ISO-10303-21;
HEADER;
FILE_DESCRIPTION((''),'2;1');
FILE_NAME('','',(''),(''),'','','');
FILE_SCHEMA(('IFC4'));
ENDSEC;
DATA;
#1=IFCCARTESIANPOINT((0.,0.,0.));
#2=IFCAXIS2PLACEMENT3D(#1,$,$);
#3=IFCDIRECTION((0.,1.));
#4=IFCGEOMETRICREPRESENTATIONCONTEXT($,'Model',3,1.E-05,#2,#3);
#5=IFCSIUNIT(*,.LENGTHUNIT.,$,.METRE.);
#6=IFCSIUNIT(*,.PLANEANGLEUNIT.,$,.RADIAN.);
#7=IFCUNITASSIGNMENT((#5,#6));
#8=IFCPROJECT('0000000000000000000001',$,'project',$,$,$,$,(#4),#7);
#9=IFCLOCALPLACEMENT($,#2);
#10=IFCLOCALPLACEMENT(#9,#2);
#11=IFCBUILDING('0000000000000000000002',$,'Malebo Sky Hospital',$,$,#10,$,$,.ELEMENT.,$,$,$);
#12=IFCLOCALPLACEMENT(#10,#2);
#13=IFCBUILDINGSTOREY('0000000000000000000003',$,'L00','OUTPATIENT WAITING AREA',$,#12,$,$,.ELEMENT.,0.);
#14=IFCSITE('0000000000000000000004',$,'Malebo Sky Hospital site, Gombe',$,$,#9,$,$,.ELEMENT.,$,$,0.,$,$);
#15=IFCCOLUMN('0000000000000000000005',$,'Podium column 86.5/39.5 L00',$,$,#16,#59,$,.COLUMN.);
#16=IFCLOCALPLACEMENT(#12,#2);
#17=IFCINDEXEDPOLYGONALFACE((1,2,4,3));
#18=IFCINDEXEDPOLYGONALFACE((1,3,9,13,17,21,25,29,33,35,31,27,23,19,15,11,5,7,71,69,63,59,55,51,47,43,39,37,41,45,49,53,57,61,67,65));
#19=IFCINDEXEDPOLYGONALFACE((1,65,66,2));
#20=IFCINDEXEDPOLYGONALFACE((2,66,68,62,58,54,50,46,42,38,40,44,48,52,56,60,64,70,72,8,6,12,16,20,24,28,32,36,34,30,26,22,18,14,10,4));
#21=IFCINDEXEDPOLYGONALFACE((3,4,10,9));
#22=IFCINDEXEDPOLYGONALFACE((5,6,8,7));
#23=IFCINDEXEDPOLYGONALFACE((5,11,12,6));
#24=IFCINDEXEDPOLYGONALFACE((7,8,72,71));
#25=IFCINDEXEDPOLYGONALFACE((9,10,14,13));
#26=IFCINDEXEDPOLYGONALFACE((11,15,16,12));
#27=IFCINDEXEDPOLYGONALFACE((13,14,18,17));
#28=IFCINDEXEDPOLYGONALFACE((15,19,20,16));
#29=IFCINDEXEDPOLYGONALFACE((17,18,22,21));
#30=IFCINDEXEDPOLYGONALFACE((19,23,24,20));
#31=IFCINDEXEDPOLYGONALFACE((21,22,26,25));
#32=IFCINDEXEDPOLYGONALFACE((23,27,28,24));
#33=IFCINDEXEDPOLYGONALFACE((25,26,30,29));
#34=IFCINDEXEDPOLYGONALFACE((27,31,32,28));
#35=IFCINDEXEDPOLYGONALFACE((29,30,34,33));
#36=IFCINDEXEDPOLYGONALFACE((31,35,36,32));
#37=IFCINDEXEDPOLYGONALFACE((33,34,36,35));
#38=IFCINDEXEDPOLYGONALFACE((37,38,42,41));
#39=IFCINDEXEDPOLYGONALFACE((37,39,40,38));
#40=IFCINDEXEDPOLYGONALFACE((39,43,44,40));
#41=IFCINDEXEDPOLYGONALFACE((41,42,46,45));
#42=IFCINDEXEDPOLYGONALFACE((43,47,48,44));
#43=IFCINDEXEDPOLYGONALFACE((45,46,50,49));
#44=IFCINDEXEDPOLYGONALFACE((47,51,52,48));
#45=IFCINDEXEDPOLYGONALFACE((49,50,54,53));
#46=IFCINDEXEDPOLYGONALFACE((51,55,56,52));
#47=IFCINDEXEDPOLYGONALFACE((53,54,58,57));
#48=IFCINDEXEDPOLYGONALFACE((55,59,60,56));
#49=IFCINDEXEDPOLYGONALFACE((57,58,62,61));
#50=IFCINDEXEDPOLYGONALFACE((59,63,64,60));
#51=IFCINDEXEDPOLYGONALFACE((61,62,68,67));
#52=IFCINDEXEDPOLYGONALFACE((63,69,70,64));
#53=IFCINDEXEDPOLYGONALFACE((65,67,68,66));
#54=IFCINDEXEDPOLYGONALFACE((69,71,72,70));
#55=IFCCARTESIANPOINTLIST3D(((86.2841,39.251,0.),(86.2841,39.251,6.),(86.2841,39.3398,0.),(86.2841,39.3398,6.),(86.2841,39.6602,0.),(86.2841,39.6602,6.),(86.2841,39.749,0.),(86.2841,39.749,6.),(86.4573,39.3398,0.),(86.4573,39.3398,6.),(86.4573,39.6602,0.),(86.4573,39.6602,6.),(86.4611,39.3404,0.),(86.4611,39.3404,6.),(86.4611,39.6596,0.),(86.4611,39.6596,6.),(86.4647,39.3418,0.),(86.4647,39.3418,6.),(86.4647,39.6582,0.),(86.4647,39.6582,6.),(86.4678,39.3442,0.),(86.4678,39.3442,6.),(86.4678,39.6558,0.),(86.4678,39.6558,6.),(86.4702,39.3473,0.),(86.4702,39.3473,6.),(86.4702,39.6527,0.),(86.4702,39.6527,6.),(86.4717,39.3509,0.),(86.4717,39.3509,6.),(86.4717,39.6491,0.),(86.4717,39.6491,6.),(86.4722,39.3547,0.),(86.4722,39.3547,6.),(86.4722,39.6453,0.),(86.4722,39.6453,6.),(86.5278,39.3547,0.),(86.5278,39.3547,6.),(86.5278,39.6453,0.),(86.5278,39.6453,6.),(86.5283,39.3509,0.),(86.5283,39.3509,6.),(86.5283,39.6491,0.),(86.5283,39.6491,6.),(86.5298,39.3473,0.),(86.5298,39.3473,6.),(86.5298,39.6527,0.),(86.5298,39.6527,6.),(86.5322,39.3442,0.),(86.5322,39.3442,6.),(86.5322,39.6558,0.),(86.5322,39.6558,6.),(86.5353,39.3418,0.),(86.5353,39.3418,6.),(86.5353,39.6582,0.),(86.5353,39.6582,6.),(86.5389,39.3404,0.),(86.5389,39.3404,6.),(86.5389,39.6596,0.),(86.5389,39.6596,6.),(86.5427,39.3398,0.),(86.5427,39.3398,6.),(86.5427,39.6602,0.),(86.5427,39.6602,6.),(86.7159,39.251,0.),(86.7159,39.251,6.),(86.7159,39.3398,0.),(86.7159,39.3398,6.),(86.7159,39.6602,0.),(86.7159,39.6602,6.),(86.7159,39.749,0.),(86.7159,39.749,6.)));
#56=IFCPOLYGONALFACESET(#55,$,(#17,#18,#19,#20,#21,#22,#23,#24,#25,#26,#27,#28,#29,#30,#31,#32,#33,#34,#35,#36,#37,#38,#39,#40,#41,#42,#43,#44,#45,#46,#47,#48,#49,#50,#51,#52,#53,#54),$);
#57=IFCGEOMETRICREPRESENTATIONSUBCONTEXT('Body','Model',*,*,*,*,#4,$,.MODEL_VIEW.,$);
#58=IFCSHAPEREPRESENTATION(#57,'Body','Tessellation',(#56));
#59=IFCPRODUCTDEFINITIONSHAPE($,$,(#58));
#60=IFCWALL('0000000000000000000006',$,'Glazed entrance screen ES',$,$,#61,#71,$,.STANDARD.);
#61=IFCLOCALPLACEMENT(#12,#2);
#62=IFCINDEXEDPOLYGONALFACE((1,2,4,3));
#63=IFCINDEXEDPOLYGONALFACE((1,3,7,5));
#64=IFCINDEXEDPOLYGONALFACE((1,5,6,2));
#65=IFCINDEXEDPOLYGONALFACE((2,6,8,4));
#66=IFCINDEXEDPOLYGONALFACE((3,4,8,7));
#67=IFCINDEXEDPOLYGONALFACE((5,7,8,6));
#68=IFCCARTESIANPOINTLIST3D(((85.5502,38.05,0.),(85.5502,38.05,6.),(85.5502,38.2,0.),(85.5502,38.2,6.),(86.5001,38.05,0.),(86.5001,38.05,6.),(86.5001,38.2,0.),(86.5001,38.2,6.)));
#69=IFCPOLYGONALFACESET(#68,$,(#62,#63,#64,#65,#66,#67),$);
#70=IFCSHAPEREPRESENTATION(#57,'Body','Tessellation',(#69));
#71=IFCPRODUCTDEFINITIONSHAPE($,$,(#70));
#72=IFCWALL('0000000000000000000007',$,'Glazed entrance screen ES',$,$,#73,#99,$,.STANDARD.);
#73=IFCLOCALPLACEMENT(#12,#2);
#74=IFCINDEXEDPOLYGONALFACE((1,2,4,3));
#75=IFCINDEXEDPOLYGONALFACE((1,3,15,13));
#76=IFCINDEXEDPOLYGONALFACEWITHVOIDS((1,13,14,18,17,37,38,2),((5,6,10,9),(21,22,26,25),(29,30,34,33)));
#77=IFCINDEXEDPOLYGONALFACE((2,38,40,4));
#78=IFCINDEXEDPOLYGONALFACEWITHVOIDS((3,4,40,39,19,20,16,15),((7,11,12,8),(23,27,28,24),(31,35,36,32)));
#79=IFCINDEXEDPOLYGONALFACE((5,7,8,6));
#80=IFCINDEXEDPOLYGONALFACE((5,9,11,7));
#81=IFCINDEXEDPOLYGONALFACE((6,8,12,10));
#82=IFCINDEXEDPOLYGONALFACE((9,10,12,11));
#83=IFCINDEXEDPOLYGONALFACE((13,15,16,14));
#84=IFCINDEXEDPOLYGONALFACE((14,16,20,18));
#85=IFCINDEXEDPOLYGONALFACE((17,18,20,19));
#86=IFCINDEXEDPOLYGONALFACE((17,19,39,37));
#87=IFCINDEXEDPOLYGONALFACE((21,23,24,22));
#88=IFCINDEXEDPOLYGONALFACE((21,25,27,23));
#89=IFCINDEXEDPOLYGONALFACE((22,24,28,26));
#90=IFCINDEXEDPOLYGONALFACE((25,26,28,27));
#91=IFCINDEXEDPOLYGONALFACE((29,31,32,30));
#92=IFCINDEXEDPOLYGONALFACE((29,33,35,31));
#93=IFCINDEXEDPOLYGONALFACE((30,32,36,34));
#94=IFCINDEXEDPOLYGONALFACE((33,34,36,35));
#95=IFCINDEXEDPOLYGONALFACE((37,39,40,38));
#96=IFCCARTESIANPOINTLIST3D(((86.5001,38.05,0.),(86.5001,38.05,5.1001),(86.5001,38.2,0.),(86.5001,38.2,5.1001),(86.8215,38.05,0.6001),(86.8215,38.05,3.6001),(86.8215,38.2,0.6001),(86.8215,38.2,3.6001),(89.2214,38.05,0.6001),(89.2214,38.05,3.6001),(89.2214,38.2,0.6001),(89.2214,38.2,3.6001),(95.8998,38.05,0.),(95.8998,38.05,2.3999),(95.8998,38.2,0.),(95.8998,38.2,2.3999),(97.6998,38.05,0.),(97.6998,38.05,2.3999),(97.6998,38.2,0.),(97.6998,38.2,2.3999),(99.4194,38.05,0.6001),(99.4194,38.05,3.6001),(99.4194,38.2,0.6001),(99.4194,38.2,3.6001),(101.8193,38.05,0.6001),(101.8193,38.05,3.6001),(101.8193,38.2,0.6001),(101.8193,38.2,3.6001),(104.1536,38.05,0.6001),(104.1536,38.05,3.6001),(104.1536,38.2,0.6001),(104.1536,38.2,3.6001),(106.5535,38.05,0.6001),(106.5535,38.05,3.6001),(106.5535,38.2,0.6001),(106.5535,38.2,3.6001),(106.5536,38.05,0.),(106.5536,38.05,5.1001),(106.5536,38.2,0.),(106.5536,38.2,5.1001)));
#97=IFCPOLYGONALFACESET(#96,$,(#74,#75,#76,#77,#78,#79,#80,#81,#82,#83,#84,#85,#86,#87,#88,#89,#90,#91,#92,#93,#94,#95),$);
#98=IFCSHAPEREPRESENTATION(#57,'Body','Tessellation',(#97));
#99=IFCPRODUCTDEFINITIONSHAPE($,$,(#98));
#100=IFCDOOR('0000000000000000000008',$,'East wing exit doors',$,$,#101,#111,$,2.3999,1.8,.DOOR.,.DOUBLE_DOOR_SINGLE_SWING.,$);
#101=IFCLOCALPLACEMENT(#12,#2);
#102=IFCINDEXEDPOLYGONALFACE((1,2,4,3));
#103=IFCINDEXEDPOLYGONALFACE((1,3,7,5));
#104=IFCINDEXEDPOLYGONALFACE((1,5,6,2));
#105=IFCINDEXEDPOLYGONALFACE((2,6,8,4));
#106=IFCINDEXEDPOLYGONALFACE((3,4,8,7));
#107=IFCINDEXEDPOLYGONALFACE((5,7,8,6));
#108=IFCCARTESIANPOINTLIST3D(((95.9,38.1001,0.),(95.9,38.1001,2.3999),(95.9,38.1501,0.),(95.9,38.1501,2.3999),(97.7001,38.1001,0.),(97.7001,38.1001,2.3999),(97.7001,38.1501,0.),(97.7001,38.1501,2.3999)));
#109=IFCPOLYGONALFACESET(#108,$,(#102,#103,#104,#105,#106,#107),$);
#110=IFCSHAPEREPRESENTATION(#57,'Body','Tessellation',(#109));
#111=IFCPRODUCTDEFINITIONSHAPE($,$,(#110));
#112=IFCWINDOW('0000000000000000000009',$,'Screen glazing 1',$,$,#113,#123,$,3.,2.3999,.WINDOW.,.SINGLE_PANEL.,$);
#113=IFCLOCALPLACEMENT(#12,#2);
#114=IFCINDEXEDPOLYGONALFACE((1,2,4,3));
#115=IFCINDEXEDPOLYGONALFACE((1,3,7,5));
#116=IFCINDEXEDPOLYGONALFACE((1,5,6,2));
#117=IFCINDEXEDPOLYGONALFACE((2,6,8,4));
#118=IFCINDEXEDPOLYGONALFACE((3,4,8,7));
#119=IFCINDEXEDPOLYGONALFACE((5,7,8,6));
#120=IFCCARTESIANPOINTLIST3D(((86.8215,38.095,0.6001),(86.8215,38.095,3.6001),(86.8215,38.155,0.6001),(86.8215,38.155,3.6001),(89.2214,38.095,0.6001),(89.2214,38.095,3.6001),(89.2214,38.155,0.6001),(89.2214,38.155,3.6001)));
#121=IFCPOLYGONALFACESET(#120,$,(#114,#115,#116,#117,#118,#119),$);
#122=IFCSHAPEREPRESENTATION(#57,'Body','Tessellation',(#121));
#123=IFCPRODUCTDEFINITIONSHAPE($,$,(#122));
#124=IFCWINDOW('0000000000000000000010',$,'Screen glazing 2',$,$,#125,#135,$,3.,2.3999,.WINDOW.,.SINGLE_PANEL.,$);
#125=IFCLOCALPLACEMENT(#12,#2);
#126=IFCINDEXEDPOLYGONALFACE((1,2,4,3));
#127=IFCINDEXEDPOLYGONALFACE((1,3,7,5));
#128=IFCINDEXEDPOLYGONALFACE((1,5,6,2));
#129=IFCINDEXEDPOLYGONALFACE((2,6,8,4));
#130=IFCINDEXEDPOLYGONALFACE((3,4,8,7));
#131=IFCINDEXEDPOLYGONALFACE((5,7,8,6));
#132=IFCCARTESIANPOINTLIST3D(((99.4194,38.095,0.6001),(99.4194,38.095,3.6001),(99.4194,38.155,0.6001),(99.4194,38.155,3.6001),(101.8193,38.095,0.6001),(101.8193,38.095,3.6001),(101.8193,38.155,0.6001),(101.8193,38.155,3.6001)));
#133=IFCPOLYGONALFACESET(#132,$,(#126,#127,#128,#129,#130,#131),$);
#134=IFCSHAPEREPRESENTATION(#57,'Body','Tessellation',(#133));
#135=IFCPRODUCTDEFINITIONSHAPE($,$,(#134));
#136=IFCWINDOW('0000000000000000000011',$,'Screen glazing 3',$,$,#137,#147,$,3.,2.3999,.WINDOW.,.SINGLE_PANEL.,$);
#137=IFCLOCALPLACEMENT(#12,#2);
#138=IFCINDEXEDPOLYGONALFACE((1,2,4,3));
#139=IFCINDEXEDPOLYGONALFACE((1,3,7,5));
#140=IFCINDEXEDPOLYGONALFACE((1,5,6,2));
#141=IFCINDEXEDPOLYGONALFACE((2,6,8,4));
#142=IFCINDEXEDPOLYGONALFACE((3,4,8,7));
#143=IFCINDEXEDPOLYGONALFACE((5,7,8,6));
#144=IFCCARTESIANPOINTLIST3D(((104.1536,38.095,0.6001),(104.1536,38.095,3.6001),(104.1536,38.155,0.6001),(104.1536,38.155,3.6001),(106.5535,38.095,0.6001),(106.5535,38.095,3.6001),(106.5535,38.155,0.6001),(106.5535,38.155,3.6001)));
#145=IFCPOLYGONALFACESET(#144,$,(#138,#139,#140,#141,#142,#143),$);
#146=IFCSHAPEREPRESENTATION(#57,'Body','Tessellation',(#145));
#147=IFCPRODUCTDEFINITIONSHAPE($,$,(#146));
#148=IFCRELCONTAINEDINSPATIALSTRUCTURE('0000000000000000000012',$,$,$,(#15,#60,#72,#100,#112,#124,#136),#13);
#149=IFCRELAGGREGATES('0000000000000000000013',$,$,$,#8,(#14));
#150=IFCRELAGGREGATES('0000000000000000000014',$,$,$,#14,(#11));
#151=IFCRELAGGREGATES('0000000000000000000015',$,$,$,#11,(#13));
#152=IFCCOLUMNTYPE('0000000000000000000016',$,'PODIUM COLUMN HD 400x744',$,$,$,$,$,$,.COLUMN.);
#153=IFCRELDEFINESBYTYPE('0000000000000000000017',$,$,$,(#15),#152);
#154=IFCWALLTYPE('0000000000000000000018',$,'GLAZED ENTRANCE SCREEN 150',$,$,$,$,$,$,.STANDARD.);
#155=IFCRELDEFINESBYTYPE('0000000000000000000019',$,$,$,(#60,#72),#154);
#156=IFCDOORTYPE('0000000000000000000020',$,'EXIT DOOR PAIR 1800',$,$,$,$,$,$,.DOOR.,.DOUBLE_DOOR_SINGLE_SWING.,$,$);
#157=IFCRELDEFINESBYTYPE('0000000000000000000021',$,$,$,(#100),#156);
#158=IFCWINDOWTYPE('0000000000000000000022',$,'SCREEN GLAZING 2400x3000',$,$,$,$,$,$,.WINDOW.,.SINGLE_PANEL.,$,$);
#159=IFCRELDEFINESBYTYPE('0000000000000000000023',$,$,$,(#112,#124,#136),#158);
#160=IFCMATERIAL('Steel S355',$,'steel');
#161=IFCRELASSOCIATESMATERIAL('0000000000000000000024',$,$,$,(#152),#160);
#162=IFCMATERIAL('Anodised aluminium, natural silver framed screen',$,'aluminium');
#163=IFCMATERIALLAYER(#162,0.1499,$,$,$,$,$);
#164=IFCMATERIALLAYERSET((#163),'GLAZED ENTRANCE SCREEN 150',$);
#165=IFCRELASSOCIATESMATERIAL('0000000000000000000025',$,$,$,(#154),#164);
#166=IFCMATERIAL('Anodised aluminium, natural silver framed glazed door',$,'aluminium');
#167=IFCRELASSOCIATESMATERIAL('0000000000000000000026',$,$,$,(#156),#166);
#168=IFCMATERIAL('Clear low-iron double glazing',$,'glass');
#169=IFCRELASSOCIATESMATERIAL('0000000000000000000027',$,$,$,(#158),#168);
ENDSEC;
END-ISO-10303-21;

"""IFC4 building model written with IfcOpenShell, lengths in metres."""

from ifc_helpers import new_model, si_unit, direction, frame, frame_2d, origin, origin_2d, place, context, subcontext, project, spatial, rectangle, i_section, extrude, material, layer, layer_set, material_profile, profile_set, type_object, element, fill, save


model = new_model("IFC4")

# Units and contexts
model_context = context("Model", 3, precision=1e-05, world=origin(), true_north=direction((0.0, 1.0)))
body_context = subcontext(model_context, "Body", "Model", "MODEL_VIEW")
ifc_project = project(units=[si_unit("LENGTHUNIT", "METRE"), si_unit("PLANEANGLEUNIT", "RADIAN")], contexts=[model_context])

# Site, building, storey
site_placement = place(None, origin())
site = spatial("IfcSite", under=ifc_project, at=site_placement, Name="Malebo Sky Hospital site, Gombe", CompositionType="ELEMENT", RefElevation=0.0)
building_placement = place(site_placement, origin())
building = spatial("IfcBuilding", under=site, at=building_placement, Name="Malebo Sky Hospital", CompositionType="ELEMENT")
storey_placement = place(building_placement, origin())
storey = spatial("IfcBuildingStorey", under=building, at=storey_placement, Name="L00", Description="OUTPATIENT WAITING AREA", CompositionType="ELEMENT", Elevation=0.0)

# Column
ifc_material_1 = material(Name="Steel S355", Category="steel")
ifc_material_profile_1 = material_profile(ifc_material_1, i_section(OverallWidth=0.4319, OverallDepth=0.498, WebThickness=0.0557, FlangeThickness=0.0889, FilletRadius=0.0149, at=origin_2d()), Name="HD 400x744")
ifc_profile_set_1 = profile_set([ifc_material_profile_1], Name="Steel S355")
column_type_1 = type_object("IfcColumnType", Name="PODIUM COLUMN HD 400x744", PredefinedType="COLUMN", material=ifc_profile_set_1)
column_1_placement = place(storey_placement, frame((86.5, 39.5, 0.0), z_axis=(0.0, 0.0, 1.0), x_axis=(1.0, 0.0, 0.0)))
element("IfcColumn", 1, at=column_1_placement, inside=storey, type_object=column_type_1, Name="Podium column 86.5/39.5 L00", PredefinedType="COLUMN", context=body_context, shape_type="SweptSolid", body=[
    extrude(i_section(OverallWidth=0.4319, OverallDepth=0.498, WebThickness=0.0557, FlangeThickness=0.0889, FilletRadius=0.0149, at=origin_2d()), origin(), (0.0, 0.0, 1.0), 6.0),
])

# Wall
ifc_material_2 = material(Name="Anodised aluminium, natural silver framed screen", Category="aluminium")
ifc_layer_1 = layer(ifc_material_2, 0.1499)
ifc_layer_set_1 = layer_set([ifc_layer_1], Name="GLAZED ENTRANCE SCREEN 150")
wall_type_1 = type_object("IfcWallType", Name="GLAZED ENTRANCE SCREEN 150", PredefinedType="STANDARD", material=ifc_layer_set_1)
wall_1_placement = place(storey_placement, frame((85.55, 38.125, 0.0), z_axis=(0.0, 0.0, 1.0), x_axis=(1.0, 0.0, 0.0)))
element("IfcWall", 2, at=wall_1_placement, inside=storey, type_object=wall_type_1, Name="Glazed entrance screen ES", PredefinedType="STANDARD", context=body_context, shape_type="SweptSolid", body=[
    extrude(rectangle(XDim=0.95, YDim=0.1499, at=frame_2d((0.4751, 0.0))), origin(), (0.0, 0.0, 1.0), 6.0),
])

# Wall, openings, door, windows
wall_2_placement = place(storey_placement, frame((86.5, 38.125, 0.0), z_axis=(0.0, 0.0, 1.0), x_axis=(1.0, 0.0, 0.0)))
wall_2 = element("IfcWall", 3, at=wall_2_placement, inside=storey, type_object=wall_type_1, Name="Glazed entrance screen ES", PredefinedType="STANDARD", context=body_context, shape_type="SweptSolid", body=[
    extrude(rectangle(XDim=20.0535, YDim=0.1499, at=frame_2d((10.0269, 0.0))), origin(), (0.0, 0.0, 1.0), 5.1001),
])
opening_1_placement = place(wall_2_placement, frame((9.3999, 0.0, 0.0)))
opening_1 = element("IfcOpeningElement", 4, at=opening_1_placement, cuts=wall_2, PredefinedType="OPENING", context=body_context, shape_type="SweptSolid", body=[
    extrude(rectangle(XDim=1.8, YDim=2.3999, at=frame_2d((0.8999, 1.2))), frame((0.0, 0.085, 0.0), z_axis=(0.0, -1.0, 0.0), x_axis=(1.0, 0.0, 0.0)), (0.0, 0.0, 1.0), 0.1699),
])
opening_2_placement = place(wall_2_placement, frame((0.3215, 0.0, 0.6001)))
opening_2 = element("IfcOpeningElement", 5, at=opening_2_placement, cuts=wall_2, PredefinedType="OPENING", context=body_context, shape_type="SweptSolid", body=[
    extrude(rectangle(XDim=2.3999, YDim=3.0, at=frame_2d((1.2, 1.5))), frame((0.0, 0.085, 0.0), z_axis=(0.0, -1.0, 0.0), x_axis=(1.0, 0.0, 0.0)), (0.0, 0.0, 1.0), 0.1699),
])
opening_3_placement = place(wall_2_placement, frame((12.9194, 0.0, 0.6001)))
opening_3 = element("IfcOpeningElement", 6, at=opening_3_placement, cuts=wall_2, PredefinedType="OPENING", context=body_context, shape_type="SweptSolid", body=[
    extrude(rectangle(XDim=2.3999, YDim=3.0, at=frame_2d((1.2, 1.5))), frame((0.0, 0.085, 0.0), z_axis=(0.0, -1.0, 0.0), x_axis=(1.0, 0.0, 0.0)), (0.0, 0.0, 1.0), 0.1699),
])
opening_4_placement = place(wall_2_placement, frame((17.6536, 0.0, 0.6001)))
opening_4 = element("IfcOpeningElement", 7, at=opening_4_placement, cuts=wall_2, PredefinedType="OPENING", context=body_context, shape_type="SweptSolid", body=[
    extrude(rectangle(XDim=2.3999, YDim=3.0, at=frame_2d((1.2, 1.5))), frame((0.0, 0.085, 0.0), z_axis=(0.0, -1.0, 0.0), x_axis=(1.0, 0.0, 0.0)), (0.0, 0.0, 1.0), 0.1699),
])
ifc_material_3 = material(Name="Anodised aluminium, natural silver framed glazed door", Category="aluminium")
door_type_1 = type_object("IfcDoorType", Name="EXIT DOOR PAIR 1800", OperationType="DOUBLE_DOOR_SINGLE_SWING", PredefinedType="DOOR", material=ifc_material_3)
door_1_placement = place(opening_1_placement, frame((1.8, 0.0, 0.0), z_axis=(0.0, 0.0, 1.0), x_axis=(-1.0, 0.0, 0.0)))
door_1 = element("IfcDoor", 8, at=door_1_placement, inside=storey, type_object=door_type_1, Name="East wing exit doors", OperationType="DOUBLE_DOOR_SINGLE_SWING", OverallHeight=2.3999, OverallWidth=1.8, PredefinedType="DOOR", context=body_context, shape_type="SweptSolid", body=[
    extrude(rectangle(XDim=1.8, YDim=2.3999, at=frame_2d((0.8999, 1.2))), frame((0.0, 0.0249, 0.0), z_axis=(0.0, -1.0, 0.0), x_axis=(1.0, 0.0, 0.0)), (0.0, 0.0, 1.0), 0.05),
])
fill(opening_1, door_1)
ifc_material_4 = material(Name="Clear low-iron double glazing", Category="glass")
window_type = type_object("IfcWindowType", Name="SCREEN GLAZING 2400x3000", PartitioningType="SINGLE_PANEL", PredefinedType="WINDOW", material=ifc_material_4)
window_1_placement = place(opening_2_placement, origin())
window_1 = element("IfcWindow", 9, at=window_1_placement, inside=storey, type_object=window_type, Name="Screen glazing 1", OverallHeight=3.0, OverallWidth=2.3999, PartitioningType="SINGLE_PANEL", PredefinedType="WINDOW", context=body_context, shape_type="SweptSolid", body=[
    extrude(rectangle(XDim=2.3999, YDim=3.0, at=frame_2d((1.2, 1.5))), frame((0.0, 0.03, 0.0), z_axis=(0.0, -1.0, 0.0), x_axis=(1.0, 0.0, 0.0)), (0.0, 0.0, 1.0), 0.0601),
])
fill(opening_2, window_1)
window_2_placement = place(opening_3_placement, origin())
window_2 = element("IfcWindow", 10, at=window_2_placement, inside=storey, type_object=window_type, Name="Screen glazing 2", OverallHeight=3.0, OverallWidth=2.3999, PartitioningType="SINGLE_PANEL", PredefinedType="WINDOW", context=body_context, shape_type="SweptSolid", body=[
    extrude(rectangle(XDim=2.3999, YDim=3.0, at=frame_2d((1.2, 1.5))), frame((0.0, 0.03, 0.0), z_axis=(0.0, -1.0, 0.0), x_axis=(1.0, 0.0, 0.0)), (0.0, 0.0, 1.0), 0.0601),
])
fill(opening_3, window_2)
window_3_placement = place(opening_4_placement, origin())
window_3 = element("IfcWindow", 11, at=window_3_placement, inside=storey, type_object=window_type, Name="Screen glazing 3", OverallHeight=3.0, OverallWidth=2.3999, PartitioningType="SINGLE_PANEL", PredefinedType="WINDOW", context=body_context, shape_type="SweptSolid", body=[
    extrude(rectangle(XDim=2.3999, YDim=3.0, at=frame_2d((1.2, 1.5))), frame((0.0, 0.03, 0.0), z_axis=(0.0, -1.0, 0.0), x_axis=(1.0, 0.0, 0.0)), (0.0, 0.0, 1.0), 0.0601),
])
fill(opening_4, window_3)

save(model, "model.ifc")
